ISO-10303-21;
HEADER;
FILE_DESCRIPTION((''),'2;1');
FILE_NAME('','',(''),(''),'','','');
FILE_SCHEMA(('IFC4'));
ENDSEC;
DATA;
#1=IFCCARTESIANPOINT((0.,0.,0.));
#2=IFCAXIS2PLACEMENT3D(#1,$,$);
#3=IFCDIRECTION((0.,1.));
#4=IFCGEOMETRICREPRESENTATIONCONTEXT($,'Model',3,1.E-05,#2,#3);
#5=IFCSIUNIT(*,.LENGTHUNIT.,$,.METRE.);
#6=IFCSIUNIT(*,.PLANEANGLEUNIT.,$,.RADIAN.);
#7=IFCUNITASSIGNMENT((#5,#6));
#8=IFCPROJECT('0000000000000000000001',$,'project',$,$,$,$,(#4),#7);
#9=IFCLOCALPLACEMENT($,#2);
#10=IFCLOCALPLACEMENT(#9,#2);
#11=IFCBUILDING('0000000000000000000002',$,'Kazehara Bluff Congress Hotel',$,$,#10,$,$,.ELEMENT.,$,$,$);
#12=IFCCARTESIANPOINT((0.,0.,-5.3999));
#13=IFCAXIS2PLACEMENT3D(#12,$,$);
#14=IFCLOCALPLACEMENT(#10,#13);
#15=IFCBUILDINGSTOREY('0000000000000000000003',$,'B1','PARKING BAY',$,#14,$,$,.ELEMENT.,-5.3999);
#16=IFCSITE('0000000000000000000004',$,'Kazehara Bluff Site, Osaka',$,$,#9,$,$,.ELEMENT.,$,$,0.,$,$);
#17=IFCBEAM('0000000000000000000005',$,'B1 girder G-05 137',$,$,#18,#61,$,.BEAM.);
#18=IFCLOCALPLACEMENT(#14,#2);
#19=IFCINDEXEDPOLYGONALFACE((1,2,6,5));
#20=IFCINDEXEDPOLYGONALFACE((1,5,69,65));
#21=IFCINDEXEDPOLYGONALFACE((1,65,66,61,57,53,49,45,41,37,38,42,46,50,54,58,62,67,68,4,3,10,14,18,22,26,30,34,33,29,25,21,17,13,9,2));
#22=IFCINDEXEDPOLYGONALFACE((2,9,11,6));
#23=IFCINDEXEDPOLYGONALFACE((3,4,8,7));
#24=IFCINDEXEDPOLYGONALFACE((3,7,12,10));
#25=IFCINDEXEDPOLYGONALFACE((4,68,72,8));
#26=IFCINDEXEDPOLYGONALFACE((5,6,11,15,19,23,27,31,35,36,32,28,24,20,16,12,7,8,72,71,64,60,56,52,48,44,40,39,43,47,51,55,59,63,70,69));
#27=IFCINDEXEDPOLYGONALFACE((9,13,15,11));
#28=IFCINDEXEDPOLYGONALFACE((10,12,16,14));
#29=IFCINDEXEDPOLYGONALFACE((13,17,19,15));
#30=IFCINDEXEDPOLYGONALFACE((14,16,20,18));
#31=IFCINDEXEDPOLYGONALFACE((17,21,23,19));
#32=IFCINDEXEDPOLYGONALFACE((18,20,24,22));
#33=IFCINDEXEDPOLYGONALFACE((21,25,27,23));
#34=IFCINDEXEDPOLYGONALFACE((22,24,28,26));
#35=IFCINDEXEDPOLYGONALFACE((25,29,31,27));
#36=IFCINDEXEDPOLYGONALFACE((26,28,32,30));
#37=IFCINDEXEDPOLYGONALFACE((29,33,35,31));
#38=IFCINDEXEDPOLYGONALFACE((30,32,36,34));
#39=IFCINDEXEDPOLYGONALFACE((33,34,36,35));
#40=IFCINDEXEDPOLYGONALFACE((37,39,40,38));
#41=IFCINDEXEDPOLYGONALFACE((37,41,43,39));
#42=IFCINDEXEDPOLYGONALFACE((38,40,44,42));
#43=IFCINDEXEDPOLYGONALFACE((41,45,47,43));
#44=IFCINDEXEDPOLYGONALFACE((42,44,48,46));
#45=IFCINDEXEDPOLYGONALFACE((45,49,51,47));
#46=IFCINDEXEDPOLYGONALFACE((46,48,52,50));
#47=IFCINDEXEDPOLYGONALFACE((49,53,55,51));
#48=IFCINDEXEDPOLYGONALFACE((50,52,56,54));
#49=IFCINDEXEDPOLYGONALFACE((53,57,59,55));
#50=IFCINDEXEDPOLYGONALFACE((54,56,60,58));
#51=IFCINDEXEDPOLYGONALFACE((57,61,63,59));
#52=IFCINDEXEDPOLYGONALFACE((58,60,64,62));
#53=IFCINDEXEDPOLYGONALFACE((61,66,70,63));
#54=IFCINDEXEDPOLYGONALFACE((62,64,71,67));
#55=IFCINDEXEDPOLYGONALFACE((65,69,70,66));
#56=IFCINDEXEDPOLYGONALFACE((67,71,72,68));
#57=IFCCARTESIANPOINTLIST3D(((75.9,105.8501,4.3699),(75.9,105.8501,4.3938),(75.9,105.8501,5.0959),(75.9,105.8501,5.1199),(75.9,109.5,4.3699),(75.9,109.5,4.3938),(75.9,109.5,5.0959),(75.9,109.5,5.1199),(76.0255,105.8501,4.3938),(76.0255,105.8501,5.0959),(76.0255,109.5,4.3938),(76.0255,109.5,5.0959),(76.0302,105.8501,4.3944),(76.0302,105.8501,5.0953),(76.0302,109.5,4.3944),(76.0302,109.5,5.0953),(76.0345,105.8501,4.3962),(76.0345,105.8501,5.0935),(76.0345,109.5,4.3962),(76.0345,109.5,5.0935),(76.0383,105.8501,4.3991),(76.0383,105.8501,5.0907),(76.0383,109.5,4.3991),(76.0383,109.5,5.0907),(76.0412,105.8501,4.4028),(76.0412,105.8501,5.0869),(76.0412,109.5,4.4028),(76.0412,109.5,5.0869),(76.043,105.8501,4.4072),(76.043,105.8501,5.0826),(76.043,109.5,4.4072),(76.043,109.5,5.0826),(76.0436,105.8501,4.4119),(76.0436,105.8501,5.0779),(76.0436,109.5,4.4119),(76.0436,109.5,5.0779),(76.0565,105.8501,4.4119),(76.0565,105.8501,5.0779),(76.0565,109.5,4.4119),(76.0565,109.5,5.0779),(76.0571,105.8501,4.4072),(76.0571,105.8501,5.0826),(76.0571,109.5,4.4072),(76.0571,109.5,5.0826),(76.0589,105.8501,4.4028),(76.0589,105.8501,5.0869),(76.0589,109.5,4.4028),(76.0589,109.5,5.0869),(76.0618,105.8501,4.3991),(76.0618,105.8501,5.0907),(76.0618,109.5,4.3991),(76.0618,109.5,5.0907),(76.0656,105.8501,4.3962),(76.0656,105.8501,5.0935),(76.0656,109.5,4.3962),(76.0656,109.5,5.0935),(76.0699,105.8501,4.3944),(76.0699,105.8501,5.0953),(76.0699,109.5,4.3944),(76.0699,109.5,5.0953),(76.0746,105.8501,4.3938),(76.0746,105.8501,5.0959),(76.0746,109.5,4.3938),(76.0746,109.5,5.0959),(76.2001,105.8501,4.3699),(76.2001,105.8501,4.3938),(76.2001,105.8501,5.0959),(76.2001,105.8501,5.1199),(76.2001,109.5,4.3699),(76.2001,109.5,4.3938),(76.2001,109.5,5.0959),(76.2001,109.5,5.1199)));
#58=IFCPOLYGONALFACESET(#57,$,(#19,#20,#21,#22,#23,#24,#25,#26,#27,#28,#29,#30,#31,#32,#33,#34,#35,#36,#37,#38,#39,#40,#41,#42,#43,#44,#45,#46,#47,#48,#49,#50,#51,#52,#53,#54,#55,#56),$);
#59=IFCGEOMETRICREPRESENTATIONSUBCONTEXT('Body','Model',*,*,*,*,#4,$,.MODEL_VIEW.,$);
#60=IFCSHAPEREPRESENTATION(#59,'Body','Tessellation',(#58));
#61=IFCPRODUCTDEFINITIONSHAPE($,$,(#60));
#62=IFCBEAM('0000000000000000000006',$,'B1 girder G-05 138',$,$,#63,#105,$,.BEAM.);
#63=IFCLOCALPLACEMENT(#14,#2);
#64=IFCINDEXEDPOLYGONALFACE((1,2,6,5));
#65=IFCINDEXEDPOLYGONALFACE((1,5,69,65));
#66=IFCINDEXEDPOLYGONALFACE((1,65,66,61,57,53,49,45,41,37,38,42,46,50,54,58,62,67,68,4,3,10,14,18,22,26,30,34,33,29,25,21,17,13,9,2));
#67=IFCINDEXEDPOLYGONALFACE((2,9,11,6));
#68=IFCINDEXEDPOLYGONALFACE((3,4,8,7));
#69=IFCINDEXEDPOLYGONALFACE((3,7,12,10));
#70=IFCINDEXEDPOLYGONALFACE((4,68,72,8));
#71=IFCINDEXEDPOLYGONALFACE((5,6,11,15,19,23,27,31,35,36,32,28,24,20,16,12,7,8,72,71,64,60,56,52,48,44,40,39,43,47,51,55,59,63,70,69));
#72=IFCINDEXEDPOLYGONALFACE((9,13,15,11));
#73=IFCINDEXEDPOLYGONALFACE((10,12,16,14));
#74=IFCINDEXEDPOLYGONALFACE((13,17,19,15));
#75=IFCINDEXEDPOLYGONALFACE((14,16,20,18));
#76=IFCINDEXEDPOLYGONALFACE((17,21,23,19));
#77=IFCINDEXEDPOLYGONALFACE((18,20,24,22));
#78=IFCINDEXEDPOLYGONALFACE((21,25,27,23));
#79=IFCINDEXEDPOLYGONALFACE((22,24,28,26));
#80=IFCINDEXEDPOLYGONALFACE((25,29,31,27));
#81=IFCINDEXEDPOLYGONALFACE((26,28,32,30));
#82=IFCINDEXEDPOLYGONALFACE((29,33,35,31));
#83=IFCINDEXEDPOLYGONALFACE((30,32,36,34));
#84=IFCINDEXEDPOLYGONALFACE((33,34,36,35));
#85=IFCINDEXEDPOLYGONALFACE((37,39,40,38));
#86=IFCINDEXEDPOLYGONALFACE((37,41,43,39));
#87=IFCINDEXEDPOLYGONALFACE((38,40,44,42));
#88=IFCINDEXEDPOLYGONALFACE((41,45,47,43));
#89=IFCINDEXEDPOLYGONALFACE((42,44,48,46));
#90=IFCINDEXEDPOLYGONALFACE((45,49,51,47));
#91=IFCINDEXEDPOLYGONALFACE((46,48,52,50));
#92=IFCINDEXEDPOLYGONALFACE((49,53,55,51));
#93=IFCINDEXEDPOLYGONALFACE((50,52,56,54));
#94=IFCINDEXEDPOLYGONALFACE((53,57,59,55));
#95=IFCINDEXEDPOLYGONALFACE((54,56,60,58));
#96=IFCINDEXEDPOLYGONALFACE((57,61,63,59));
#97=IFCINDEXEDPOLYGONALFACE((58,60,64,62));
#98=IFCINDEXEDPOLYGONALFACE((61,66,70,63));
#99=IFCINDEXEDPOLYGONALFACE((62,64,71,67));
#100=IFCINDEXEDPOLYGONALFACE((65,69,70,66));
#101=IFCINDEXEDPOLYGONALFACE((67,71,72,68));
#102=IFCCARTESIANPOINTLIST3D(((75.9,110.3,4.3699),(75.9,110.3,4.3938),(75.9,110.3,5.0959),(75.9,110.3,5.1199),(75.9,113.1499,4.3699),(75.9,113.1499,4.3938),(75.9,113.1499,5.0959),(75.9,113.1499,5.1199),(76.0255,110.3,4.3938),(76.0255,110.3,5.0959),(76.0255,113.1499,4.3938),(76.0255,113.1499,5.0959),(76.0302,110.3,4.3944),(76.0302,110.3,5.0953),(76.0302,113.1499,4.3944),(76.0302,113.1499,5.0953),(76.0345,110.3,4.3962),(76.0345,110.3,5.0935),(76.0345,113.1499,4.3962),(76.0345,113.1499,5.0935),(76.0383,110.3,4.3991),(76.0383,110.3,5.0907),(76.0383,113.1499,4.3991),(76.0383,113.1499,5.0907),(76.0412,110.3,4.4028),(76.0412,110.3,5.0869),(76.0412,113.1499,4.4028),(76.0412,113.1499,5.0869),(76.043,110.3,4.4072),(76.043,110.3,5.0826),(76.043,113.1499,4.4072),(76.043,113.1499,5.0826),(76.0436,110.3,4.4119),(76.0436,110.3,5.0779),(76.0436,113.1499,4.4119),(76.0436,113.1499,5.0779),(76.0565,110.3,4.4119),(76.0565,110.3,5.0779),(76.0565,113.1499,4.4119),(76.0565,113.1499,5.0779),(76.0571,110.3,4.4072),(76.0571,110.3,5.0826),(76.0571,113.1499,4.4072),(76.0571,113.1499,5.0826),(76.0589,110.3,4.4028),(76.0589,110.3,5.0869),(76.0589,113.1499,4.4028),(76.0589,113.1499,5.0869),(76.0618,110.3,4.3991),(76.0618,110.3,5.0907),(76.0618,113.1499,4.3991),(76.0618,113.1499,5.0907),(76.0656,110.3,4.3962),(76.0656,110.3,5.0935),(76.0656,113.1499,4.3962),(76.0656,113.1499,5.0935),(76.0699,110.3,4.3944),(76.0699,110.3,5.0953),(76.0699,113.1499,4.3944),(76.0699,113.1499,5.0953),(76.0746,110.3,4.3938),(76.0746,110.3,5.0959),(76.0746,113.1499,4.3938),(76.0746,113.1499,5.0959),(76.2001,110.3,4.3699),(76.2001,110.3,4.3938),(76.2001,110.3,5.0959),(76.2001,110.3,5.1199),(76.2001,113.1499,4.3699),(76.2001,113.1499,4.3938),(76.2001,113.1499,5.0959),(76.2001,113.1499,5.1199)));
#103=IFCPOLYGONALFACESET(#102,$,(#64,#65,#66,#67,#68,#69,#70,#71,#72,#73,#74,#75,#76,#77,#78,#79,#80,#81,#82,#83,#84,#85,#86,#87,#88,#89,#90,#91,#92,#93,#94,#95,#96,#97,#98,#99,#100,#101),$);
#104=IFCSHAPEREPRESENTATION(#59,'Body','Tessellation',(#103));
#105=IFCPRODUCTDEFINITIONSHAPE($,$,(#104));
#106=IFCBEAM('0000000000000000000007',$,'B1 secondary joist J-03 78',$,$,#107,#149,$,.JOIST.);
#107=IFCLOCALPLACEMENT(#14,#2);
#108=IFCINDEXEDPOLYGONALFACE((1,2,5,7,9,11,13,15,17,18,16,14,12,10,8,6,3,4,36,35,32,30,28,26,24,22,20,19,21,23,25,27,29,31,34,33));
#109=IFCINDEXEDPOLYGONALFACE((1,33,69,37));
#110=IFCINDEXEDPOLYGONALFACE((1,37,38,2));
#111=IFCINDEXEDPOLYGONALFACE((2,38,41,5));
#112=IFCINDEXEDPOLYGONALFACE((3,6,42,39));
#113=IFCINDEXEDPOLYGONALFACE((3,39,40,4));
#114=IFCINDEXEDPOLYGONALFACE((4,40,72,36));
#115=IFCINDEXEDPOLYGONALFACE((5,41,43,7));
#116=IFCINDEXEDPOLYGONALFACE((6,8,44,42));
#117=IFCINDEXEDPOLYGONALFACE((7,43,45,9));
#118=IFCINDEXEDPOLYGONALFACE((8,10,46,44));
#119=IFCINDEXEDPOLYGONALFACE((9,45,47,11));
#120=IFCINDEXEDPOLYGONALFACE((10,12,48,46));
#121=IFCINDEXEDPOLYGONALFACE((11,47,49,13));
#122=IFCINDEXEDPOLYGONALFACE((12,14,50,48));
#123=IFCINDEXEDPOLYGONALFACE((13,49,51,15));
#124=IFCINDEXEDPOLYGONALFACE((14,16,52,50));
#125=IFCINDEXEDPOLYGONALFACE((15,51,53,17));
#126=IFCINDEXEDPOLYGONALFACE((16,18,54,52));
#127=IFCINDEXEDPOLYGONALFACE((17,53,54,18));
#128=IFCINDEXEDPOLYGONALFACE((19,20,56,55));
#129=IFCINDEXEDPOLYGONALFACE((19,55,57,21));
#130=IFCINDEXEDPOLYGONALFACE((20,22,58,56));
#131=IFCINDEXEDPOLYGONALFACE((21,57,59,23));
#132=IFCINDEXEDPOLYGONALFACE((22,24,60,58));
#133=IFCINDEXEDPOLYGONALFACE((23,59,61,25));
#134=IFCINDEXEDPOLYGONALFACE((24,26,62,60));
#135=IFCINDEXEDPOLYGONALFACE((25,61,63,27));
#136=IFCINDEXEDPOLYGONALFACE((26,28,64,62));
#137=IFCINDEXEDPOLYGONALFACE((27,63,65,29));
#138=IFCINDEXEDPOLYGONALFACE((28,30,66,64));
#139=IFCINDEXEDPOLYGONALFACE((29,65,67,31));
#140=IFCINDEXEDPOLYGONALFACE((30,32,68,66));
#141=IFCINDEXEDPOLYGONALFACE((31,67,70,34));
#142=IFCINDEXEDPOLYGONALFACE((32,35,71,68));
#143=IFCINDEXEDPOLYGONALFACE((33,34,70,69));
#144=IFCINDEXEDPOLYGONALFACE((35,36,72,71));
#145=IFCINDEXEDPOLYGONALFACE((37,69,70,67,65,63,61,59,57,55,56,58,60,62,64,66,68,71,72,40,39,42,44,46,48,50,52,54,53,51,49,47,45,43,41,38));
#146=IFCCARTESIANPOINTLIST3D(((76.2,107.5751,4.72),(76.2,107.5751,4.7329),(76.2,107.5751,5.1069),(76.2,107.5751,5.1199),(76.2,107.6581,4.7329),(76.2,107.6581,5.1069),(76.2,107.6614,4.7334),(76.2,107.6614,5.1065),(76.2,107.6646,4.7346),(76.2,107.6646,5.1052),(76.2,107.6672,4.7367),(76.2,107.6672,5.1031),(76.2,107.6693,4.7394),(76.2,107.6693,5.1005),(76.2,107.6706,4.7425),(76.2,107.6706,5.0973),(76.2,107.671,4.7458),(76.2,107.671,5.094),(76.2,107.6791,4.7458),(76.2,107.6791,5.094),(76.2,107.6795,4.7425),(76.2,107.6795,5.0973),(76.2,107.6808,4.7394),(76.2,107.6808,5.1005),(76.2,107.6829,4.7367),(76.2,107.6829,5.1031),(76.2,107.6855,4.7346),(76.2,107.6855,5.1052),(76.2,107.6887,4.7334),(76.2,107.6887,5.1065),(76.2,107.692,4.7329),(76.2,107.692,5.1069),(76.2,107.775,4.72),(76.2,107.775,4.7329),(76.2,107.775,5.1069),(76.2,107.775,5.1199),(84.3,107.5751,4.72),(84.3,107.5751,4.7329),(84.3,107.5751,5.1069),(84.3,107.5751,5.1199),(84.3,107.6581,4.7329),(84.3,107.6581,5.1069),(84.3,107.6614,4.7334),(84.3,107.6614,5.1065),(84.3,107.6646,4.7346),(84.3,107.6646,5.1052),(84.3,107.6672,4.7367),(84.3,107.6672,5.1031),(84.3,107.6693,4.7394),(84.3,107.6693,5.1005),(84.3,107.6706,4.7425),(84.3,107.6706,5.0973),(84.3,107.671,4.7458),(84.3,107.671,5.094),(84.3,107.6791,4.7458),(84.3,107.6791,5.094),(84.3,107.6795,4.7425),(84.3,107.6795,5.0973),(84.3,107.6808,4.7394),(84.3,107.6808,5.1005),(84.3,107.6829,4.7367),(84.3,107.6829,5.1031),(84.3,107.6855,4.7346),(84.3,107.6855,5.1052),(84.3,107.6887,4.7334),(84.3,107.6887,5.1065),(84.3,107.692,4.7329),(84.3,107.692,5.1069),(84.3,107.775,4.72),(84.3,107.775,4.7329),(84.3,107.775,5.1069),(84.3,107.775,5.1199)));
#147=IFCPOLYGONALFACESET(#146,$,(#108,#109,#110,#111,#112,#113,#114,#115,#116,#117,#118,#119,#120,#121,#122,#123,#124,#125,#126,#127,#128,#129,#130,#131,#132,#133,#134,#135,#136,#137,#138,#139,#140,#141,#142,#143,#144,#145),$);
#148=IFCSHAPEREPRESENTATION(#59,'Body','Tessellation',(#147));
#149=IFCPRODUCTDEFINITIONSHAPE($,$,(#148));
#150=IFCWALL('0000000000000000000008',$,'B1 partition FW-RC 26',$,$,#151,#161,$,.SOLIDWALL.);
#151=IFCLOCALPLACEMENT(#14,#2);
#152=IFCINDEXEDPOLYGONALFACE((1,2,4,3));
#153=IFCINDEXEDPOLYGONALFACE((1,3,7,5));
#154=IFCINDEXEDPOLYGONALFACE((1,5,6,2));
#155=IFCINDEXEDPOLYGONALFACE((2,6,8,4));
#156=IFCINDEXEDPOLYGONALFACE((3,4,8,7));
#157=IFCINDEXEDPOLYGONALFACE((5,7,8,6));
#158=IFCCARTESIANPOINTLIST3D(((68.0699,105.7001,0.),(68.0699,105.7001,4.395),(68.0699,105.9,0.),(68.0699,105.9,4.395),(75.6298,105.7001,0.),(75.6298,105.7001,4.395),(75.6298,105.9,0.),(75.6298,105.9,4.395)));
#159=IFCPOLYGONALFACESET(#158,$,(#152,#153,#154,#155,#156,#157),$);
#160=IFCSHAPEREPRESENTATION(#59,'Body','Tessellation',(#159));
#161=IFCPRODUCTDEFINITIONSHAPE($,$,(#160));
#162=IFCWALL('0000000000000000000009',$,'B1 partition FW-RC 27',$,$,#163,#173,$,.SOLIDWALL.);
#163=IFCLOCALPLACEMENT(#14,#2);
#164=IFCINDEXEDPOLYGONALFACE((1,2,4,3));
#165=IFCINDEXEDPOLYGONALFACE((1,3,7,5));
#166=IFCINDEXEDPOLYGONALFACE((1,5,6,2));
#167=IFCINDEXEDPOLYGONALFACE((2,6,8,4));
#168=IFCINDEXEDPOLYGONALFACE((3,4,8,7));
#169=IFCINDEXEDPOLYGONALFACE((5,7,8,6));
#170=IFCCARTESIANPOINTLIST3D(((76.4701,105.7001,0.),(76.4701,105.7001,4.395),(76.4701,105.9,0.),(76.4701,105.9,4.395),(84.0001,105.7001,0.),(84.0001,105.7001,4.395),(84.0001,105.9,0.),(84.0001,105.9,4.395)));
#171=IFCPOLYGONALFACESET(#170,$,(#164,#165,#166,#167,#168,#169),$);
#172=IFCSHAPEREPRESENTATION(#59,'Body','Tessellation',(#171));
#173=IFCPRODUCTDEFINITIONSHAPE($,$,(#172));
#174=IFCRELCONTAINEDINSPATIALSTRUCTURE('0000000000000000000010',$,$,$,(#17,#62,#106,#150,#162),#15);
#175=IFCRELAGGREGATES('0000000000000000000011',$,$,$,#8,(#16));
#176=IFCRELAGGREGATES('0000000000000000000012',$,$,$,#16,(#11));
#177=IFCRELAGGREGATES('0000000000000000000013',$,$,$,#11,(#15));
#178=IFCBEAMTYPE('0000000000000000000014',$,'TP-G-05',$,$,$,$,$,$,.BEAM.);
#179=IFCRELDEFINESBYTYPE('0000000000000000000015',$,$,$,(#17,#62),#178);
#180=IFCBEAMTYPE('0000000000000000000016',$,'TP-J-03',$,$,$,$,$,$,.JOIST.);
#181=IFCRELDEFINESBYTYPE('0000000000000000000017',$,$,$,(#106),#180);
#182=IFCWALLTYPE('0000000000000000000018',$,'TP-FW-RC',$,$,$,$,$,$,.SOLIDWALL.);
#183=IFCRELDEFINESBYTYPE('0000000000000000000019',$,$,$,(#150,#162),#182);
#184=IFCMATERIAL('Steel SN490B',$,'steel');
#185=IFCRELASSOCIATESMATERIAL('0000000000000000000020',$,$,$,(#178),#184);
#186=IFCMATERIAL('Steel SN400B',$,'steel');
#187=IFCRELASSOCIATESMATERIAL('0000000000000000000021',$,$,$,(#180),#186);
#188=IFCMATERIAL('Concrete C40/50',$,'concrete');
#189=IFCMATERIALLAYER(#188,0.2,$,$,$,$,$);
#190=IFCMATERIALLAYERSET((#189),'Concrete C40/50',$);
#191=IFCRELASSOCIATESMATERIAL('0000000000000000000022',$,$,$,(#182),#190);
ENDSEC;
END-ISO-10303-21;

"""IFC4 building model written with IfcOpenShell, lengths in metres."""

from ifc_helpers import new_model, si_unit, direction, frame, frame_2d, origin, origin_2d, place, context, subcontext, project, spatial, rectangle, i_section, extrude, material, layer, layer_set, material_profile, profile_set, type_object, element, save


model = new_model("IFC4")

# Units and contexts
model_context = context("Model", 3, precision=1e-05, world=origin(), true_north=direction((0.0, 1.0)))
body_context = subcontext(model_context, "Body", "Model", "MODEL_VIEW")
ifc_project = project(units=[si_unit("LENGTHUNIT", "METRE"), si_unit("PLANEANGLEUNIT", "RADIAN")], contexts=[model_context])

# Site, building, storey
site_placement = place(None, origin())
site = spatial("IfcSite", under=ifc_project, at=site_placement, Name="Kazehara Bluff Site, Osaka", CompositionType="ELEMENT", RefElevation=0.0)
building_placement = place(site_placement, origin())
building = spatial("IfcBuilding", under=site, at=building_placement, Name="Kazehara Bluff Congress Hotel", CompositionType="ELEMENT")
storey_placement = place(building_placement, frame((0.0, 0.0, -5.3999)))
storey = spatial("IfcBuildingStorey", under=building, at=storey_placement, Name="B1", Description="PARKING BAY", CompositionType="ELEMENT", Elevation=-5.3999)

# Beams
ifc_material_1 = material(Name="Steel SN490B", Category="steel")
ifc_material_profile_1 = material_profile(ifc_material_1, i_section(OverallWidth=0.3, OverallDepth=0.75, WebThickness=0.0129, FlangeThickness=0.0239, FilletRadius=0.0181, at=origin_2d()))
ifc_profile_set_1 = profile_set([ifc_material_profile_1], Name="Steel SN490B")
beam_type_1 = type_object("IfcBeamType", Name="TP-G-05", PredefinedType="BEAM", material=ifc_profile_set_1)
beam_1_placement = place(storey_placement, frame((76.05, 105.8501, 4.7449), z_axis=(0.0, 1.0, 0.0), x_axis=(-1.0, 0.0, 0.0)))
element("IfcBeam", 1, at=beam_1_placement, inside=storey, type_object=beam_type_1, Name="B1 girder G-05 137", PredefinedType="BEAM", context=body_context, shape_type="SweptSolid", body=[
    extrude(i_section(OverallWidth=0.3, OverallDepth=0.75, WebThickness=0.0129, FlangeThickness=0.0239, FilletRadius=0.0181, at=origin_2d()), origin(), (0.0, 0.0, 1.0), 3.6499),
])
beam_2_placement = place(storey_placement, frame((76.05, 110.3, 4.7449), z_axis=(0.0, 1.0, 0.0), x_axis=(-1.0, 0.0, 0.0)))
element("IfcBeam", 2, at=beam_2_placement, inside=storey, type_object=beam_type_1, Name="B1 girder G-05 138", PredefinedType="BEAM", context=body_context, shape_type="SweptSolid", body=[
    extrude(i_section(OverallWidth=0.3, OverallDepth=0.75, WebThickness=0.0129, FlangeThickness=0.0239, FilletRadius=0.0181, at=origin_2d()), origin(), (0.0, 0.0, 1.0), 2.8499),
])
ifc_material_2 = material(Name="Steel SN400B", Category="steel")
ifc_material_profile_2 = material_profile(ifc_material_2, i_section(OverallWidth=0.2, OverallDepth=0.3999, WebThickness=0.0081, FlangeThickness=0.0129, FilletRadius=0.0129, at=origin_2d()))
ifc_profile_set_2 = profile_set([ifc_material_profile_2], Name="Steel SN400B")
beam_type_2 = type_object("IfcBeamType", Name="TP-J-03", PredefinedType="JOIST", material=ifc_profile_set_2)
beam_3_placement = place(storey_placement, frame((76.2, 107.675, 4.9199), z_axis=(1.0, 0.0, 0.0), x_axis=(0.0, 1.0, 0.0)))
element("IfcBeam", 3, at=beam_3_placement, inside=storey, type_object=beam_type_2, Name="B1 secondary joist J-03 78", PredefinedType="JOIST", context=body_context, shape_type="SweptSolid", body=[
    extrude(i_section(OverallWidth=0.2, OverallDepth=0.3999, WebThickness=0.0081, FlangeThickness=0.0129, FilletRadius=0.0129, at=origin_2d()), origin(), (0.0, 0.0, 1.0), 8.1001),
])

# Walls
ifc_material_3 = material(Name="Concrete C40/50", Category="concrete")
ifc_layer_1 = layer(ifc_material_3, 0.2)
ifc_layer_set_1 = layer_set([ifc_layer_1], Name="Concrete C40/50")
wall_type = type_object("IfcWallType", Name="TP-FW-RC", PredefinedType="SOLIDWALL", material=ifc_layer_set_1)
wall_1_placement = place(storey_placement, frame((68.0701, 105.8, 0.0), z_axis=(0.0, 0.0, 1.0), x_axis=(1.0, 0.0, 0.0)))
element("IfcWall", 4, at=wall_1_placement, inside=storey, type_object=wall_type, Name="B1 partition FW-RC 26", PredefinedType="SOLIDWALL", context=body_context, shape_type="SweptSolid", body=[
    extrude(rectangle(XDim=7.5598, YDim=0.2, at=frame_2d((3.7798, 0.0))), origin(), (0.0, 0.0, 1.0), 4.395),
])
wall_2_placement = place(storey_placement, frame((76.47, 105.8, 0.0), z_axis=(0.0, 0.0, 1.0), x_axis=(1.0, 0.0, 0.0)))
element("IfcWall", 5, at=wall_2_placement, inside=storey, type_object=wall_type, Name="B1 partition FW-RC 27", PredefinedType="SOLIDWALL", context=body_context, shape_type="SweptSolid", body=[
    extrude(rectangle(XDim=7.53, YDim=0.2, at=frame_2d((3.7651, 0.0))), origin(), (0.0, 0.0, 1.0), 4.395),
])

save(model, "model.ifc")
